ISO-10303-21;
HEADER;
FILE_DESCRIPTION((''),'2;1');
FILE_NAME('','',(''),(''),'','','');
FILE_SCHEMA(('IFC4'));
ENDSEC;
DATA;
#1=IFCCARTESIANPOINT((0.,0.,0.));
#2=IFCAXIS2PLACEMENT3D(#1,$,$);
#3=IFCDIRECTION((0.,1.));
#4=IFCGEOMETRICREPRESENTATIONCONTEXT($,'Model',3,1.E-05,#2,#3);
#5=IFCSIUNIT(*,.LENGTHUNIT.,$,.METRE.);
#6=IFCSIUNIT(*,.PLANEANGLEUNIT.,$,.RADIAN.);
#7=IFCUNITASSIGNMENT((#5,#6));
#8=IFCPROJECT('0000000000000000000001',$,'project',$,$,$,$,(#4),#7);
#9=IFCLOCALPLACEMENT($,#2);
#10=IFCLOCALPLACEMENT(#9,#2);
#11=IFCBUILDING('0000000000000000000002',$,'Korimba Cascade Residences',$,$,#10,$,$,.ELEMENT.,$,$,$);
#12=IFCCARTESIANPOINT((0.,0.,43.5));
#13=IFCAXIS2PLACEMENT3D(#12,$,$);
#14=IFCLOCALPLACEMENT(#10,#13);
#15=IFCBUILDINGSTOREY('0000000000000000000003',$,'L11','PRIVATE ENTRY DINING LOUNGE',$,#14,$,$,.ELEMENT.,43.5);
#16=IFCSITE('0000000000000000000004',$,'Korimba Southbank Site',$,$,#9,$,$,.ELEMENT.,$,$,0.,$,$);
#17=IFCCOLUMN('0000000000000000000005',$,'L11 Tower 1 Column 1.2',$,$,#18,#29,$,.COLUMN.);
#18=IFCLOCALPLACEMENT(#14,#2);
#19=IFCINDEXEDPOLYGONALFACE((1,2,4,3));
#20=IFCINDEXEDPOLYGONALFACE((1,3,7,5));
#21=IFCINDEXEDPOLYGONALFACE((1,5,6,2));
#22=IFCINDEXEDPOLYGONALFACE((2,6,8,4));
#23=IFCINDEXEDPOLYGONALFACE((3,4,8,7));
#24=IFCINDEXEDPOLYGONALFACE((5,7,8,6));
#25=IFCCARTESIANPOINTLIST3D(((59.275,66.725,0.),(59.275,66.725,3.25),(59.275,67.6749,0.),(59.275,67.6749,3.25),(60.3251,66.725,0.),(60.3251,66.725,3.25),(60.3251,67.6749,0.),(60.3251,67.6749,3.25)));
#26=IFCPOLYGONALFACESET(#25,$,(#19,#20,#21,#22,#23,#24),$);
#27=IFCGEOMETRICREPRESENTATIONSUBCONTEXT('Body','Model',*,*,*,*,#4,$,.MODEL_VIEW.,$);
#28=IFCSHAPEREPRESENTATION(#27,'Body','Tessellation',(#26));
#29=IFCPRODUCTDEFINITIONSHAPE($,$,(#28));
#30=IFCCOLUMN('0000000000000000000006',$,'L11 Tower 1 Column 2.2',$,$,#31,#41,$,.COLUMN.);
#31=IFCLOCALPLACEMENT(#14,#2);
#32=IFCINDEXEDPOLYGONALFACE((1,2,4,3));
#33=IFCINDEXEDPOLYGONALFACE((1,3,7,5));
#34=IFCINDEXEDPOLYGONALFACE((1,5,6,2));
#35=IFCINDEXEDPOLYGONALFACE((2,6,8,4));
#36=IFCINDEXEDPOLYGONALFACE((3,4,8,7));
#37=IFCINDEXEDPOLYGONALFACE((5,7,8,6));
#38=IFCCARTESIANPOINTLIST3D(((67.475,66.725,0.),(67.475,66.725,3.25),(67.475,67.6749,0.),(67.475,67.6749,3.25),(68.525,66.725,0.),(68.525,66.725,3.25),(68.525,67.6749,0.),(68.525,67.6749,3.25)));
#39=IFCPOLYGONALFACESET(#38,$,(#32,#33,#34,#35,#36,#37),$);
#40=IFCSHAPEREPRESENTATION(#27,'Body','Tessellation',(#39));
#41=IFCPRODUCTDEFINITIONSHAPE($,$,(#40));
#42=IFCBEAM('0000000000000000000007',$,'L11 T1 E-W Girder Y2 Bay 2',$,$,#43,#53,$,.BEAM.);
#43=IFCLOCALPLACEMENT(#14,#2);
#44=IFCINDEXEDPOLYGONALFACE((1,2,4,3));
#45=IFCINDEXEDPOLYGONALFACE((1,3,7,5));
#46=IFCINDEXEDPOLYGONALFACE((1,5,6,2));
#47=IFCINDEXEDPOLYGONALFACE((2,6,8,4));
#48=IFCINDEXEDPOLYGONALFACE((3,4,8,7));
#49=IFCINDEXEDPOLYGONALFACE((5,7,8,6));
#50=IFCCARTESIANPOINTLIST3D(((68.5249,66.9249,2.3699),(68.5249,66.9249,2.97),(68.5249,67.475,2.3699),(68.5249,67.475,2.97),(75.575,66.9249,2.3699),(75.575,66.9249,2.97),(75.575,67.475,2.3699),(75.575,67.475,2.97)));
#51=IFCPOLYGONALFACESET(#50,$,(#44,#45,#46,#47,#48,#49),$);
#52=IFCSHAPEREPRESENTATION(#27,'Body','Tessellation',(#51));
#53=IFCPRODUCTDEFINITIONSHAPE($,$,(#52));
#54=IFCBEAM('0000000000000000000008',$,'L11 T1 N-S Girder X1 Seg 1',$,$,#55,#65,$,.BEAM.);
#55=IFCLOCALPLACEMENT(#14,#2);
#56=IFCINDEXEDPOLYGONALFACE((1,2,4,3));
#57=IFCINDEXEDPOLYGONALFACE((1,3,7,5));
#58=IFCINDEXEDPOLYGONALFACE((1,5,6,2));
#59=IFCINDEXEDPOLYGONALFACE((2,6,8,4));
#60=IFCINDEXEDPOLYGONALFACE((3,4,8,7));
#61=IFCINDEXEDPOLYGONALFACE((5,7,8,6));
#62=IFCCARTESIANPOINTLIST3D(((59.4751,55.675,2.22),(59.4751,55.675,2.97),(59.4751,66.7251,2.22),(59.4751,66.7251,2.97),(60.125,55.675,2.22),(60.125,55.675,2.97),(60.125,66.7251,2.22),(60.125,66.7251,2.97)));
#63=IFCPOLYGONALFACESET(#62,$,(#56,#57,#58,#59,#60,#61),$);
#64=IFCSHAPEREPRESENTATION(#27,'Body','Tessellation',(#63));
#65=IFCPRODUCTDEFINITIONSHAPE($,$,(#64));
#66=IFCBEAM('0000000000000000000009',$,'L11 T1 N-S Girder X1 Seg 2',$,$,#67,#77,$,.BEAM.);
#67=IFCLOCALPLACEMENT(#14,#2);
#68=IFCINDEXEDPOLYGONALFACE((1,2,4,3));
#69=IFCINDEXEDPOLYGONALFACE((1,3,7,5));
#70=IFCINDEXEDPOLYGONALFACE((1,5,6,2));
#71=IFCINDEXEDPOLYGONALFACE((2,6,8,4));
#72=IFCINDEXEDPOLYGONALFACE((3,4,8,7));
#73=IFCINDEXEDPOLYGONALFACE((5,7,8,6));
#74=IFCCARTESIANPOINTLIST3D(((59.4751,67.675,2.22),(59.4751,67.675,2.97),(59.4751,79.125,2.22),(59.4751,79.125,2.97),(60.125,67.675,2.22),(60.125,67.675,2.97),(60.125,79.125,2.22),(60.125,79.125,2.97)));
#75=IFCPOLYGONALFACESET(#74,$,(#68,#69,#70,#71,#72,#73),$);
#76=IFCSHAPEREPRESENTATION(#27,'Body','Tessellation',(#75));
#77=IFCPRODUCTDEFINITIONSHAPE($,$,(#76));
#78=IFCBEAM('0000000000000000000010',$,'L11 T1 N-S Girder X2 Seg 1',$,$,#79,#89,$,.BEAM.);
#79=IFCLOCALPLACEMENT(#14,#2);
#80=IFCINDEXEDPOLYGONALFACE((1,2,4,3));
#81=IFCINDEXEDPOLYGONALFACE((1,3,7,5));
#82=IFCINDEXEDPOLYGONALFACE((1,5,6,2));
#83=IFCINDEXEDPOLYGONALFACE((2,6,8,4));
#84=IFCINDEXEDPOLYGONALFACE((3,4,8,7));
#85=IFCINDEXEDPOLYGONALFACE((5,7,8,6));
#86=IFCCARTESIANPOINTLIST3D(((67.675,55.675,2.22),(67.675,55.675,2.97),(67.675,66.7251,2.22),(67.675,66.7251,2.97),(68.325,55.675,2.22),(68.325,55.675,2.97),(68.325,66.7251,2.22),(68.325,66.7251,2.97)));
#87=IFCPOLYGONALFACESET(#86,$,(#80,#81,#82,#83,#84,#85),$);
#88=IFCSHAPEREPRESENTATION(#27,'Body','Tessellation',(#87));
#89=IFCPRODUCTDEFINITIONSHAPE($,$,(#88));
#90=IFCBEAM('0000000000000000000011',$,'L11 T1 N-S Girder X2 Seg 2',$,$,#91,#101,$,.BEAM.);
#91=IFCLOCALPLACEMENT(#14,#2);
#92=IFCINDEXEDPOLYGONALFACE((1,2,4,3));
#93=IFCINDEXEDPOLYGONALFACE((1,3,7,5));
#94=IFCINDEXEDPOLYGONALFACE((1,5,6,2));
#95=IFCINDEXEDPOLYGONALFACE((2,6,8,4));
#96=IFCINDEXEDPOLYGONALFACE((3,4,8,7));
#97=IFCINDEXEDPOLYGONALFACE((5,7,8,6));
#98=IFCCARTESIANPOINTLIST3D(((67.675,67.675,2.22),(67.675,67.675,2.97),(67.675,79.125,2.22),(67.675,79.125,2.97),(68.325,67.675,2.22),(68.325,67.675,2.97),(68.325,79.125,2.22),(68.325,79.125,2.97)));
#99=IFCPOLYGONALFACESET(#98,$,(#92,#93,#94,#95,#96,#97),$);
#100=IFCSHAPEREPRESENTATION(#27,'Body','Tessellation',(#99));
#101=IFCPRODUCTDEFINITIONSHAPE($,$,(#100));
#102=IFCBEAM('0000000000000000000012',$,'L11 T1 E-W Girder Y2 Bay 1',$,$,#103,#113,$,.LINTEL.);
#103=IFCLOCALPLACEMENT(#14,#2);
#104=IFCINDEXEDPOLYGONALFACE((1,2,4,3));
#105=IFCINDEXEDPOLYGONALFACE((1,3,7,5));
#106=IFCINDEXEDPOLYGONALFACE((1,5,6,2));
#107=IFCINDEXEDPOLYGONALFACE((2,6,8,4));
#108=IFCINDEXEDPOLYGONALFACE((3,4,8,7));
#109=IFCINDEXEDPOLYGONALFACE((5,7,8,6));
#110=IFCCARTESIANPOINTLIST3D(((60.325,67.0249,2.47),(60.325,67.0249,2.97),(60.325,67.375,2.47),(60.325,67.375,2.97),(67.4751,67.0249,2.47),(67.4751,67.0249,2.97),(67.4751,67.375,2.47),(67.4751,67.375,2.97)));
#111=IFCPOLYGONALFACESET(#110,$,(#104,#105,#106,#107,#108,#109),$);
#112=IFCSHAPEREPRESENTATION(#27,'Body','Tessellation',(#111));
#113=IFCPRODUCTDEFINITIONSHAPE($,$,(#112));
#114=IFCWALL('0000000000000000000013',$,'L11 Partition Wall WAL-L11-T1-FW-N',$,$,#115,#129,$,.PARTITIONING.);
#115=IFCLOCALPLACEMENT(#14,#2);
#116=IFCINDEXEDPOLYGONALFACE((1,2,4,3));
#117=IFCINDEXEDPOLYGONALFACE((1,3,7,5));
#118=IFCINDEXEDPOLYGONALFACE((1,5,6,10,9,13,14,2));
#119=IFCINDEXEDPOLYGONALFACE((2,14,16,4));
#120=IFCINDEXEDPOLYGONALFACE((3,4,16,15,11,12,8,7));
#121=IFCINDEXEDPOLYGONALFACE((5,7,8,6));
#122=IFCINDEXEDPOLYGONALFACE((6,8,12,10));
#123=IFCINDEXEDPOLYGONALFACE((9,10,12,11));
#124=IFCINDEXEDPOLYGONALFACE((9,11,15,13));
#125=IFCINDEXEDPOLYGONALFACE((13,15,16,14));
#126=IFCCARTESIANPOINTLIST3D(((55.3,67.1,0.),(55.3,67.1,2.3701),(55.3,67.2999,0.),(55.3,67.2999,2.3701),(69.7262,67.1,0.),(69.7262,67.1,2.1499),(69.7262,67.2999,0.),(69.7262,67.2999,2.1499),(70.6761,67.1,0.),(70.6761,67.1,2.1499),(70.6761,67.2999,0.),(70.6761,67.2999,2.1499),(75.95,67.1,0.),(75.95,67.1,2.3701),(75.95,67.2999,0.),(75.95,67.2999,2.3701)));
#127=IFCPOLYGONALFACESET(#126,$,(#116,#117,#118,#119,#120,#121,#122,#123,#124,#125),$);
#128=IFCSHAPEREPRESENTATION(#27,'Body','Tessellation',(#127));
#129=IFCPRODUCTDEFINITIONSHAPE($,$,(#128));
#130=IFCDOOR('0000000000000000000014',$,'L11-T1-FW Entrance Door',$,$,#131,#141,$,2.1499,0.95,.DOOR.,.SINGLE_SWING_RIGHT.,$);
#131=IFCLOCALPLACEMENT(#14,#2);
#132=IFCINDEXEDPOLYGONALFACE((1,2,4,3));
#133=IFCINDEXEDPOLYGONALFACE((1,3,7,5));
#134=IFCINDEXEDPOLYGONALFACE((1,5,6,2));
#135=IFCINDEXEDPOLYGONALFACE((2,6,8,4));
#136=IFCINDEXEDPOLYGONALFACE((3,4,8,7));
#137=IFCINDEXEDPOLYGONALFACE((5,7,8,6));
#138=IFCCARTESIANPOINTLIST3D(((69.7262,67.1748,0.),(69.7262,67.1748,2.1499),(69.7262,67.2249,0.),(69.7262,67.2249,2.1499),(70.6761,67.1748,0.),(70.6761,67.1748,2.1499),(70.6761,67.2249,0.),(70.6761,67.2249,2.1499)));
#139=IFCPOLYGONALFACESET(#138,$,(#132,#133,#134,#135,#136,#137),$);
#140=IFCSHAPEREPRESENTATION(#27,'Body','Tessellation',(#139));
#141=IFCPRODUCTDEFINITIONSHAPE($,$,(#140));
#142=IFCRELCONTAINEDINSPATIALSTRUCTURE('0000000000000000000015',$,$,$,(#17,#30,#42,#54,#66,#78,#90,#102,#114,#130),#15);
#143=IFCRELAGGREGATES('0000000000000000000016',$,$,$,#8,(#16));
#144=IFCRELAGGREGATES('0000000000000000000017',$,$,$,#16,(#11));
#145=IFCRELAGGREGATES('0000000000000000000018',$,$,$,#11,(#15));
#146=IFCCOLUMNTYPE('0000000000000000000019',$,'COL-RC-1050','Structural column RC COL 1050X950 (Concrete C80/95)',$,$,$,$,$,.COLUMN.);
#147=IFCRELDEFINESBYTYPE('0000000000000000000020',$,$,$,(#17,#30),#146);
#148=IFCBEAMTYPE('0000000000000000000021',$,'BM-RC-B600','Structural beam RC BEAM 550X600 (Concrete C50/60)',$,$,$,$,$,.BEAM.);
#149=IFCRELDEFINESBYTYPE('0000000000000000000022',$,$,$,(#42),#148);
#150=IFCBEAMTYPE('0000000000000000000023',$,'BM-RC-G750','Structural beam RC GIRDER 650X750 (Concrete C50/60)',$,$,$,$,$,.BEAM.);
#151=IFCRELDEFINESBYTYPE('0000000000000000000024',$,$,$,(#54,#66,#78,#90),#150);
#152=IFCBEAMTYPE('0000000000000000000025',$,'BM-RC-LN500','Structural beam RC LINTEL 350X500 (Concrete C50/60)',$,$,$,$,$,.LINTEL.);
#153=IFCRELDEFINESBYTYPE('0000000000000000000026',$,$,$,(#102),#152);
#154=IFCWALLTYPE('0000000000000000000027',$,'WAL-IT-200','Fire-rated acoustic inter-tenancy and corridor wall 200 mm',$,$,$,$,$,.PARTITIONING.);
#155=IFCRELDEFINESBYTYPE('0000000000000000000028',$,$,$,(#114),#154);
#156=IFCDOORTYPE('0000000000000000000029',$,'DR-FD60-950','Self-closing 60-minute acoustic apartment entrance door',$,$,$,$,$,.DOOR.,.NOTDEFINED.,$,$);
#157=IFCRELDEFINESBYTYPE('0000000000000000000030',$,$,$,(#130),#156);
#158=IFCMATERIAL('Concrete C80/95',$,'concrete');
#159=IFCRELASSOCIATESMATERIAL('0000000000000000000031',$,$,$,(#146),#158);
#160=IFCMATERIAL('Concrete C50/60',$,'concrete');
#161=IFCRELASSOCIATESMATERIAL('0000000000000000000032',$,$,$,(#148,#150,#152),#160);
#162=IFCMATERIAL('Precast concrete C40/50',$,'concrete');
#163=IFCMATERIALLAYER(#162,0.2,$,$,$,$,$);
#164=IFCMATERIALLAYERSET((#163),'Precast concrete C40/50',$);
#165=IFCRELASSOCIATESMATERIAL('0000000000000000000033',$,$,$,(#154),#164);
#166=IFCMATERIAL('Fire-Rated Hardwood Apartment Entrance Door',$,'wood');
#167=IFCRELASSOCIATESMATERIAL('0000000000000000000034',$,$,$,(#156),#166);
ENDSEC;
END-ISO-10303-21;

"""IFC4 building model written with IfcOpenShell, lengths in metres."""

from ifc_helpers import new_model, si_unit, direction, frame, frame_2d, origin, origin_2d, place, context, subcontext, project, spatial, rectangle, extrude, material, layer, layer_set, material_profile, profile_set, type_object, element, fill, save


model = new_model("IFC4")

# Units and contexts
model_context = context("Model", 3, precision=1e-05, world=origin(), true_north=direction((0.0, 1.0)))
body_context = subcontext(model_context, "Body", "Model", "MODEL_VIEW")
ifc_project = project(units=[si_unit("LENGTHUNIT", "METRE"), si_unit("PLANEANGLEUNIT", "RADIAN")], contexts=[model_context])

# Site, building, storey
site_placement = place(None, origin())
site = spatial("IfcSite", under=ifc_project, at=site_placement, Name="Korimba Southbank Site", CompositionType="ELEMENT", RefElevation=0.0)
building_placement = place(site_placement, origin())
building = spatial("IfcBuilding", under=site, at=building_placement, Name="Korimba Cascade Residences", CompositionType="ELEMENT")
storey_placement = place(building_placement, frame((0.0, 0.0, 43.5)))
storey = spatial("IfcBuildingStorey", under=building, at=storey_placement, Name="L11", Description="PRIVATE ENTRY DINING LOUNGE", CompositionType="ELEMENT", Elevation=43.5)

# Columns
ifc_material_1 = material(Name="Concrete C80/95", Category="concrete")
ifc_material_profile_1 = material_profile(ifc_material_1, rectangle(XDim=1.05, YDim=0.95, at=origin_2d()), Name="Concrete C80/95")
ifc_profile_set_1 = profile_set([ifc_material_profile_1], Name="Concrete C80/95")
column_type = type_object("IfcColumnType", Name="COL-RC-1050", Description="Structural column RC COL 1050X950 (Concrete C80/95)", PredefinedType="COLUMN", material=ifc_profile_set_1)
for number, where, z_axis, x_axis, name in (
    (1, (59.8, 67.2, 0.0), (0.0, 0.0, 1.0), (1.0, 0.0, 0.0), "L11 Tower 1 Column 1.2"),
    (2, (68.0, 67.2, 0.0), (0.0, 0.0, 1.0), (1.0, 0.0, 0.0), "L11 Tower 1 Column 2.2"),
):
    element("IfcColumn", number, at=place(storey_placement, frame(where, z_axis=z_axis, x_axis=x_axis)), inside=storey, type_object=column_type, Name=name, PredefinedType="COLUMN", context=body_context, shape_type="SweptSolid", body=[
        extrude(rectangle(XDim=1.05, YDim=0.95, at=origin_2d()), origin(), (0.0, 0.0, 1.0), 3.25),
    ])

# Beams
ifc_material_2 = material(Name="Concrete C50/60", Category="concrete")
ifc_material_profile_2 = material_profile(ifc_material_2, rectangle(XDim=0.55, YDim=0.6001, at=origin_2d()), Name="Concrete C50/60")
ifc_profile_set_2 = profile_set([ifc_material_profile_2], Name="Concrete C50/60")
beam_type_1 = type_object("IfcBeamType", Name="BM-RC-B600", Description="Structural beam RC BEAM 550X600 (Concrete C50/60)", PredefinedType="BEAM", material=ifc_profile_set_2)
beam_1_placement = place(storey_placement, frame((68.5249, 67.2, 2.6699), z_axis=(1.0, 0.0, 0.0), x_axis=(0.0, 1.0, 0.0)))
element("IfcBeam", 3, at=beam_1_placement, inside=storey, type_object=beam_type_1, Name="L11 T1 E-W Girder Y2 Bay 2", PredefinedType="BEAM", context=body_context, shape_type="SweptSolid", body=[
    extrude(rectangle(XDim=0.55, YDim=0.6001, at=origin_2d()), origin(), (0.0, 0.0, 1.0), 7.05),
])
ifc_material_profile_3 = material_profile(ifc_material_2, rectangle(XDim=0.6499, YDim=0.75, at=origin_2d()), Name="Concrete C50/60")
ifc_profile_set_3 = profile_set([ifc_material_profile_3], Name="Concrete C50/60")
beam_type_2 = type_object("IfcBeamType", Name="BM-RC-G750", Description="Structural beam RC GIRDER 650X750 (Concrete C50/60)", PredefinedType="BEAM", material=ifc_profile_set_3)
beam_2_placement = place(storey_placement, frame((59.8, 55.675, 2.595), z_axis=(0.0, 1.0, 0.0), x_axis=(-1.0, 0.0, 0.0)))
element("IfcBeam", 4, at=beam_2_placement, inside=storey, type_object=beam_type_2, Name="L11 T1 N-S Girder X1 Seg 1", PredefinedType="BEAM", context=body_context, shape_type="SweptSolid", body=[
    extrude(rectangle(XDim=0.6499, YDim=0.75, at=origin_2d()), origin(), (0.0, 0.0, 1.0), 11.05),
])
beam_3_placement = place(storey_placement, frame((59.8, 67.675, 2.595), z_axis=(0.0, 1.0, 0.0), x_axis=(-1.0, 0.0, 0.0)))
element("IfcBeam", 5, at=beam_3_placement, inside=storey, type_object=beam_type_2, Name="L11 T1 N-S Girder X1 Seg 2", PredefinedType="BEAM", context=body_context, shape_type="SweptSolid", body=[
    extrude(rectangle(XDim=0.6499, YDim=0.75, at=origin_2d()), origin(), (0.0, 0.0, 1.0), 11.45),
])
beam_4_placement = place(storey_placement, frame((68.0, 55.675, 2.595), z_axis=(0.0, 1.0, 0.0), x_axis=(-1.0, 0.0, 0.0)))
element("IfcBeam", 6, at=beam_4_placement, inside=storey, type_object=beam_type_2, Name="L11 T1 N-S Girder X2 Seg 1", PredefinedType="BEAM", context=body_context, shape_type="SweptSolid", body=[
    extrude(rectangle(XDim=0.6499, YDim=0.75, at=origin_2d()), origin(), (0.0, 0.0, 1.0), 11.05),
])
beam_5_placement = place(storey_placement, frame((68.0, 67.675, 2.595), z_axis=(0.0, 1.0, 0.0), x_axis=(-1.0, 0.0, 0.0)))
element("IfcBeam", 7, at=beam_5_placement, inside=storey, type_object=beam_type_2, Name="L11 T1 N-S Girder X2 Seg 2", PredefinedType="BEAM", context=body_context, shape_type="SweptSolid", body=[
    extrude(rectangle(XDim=0.6499, YDim=0.75, at=origin_2d()), origin(), (0.0, 0.0, 1.0), 11.45),
])
ifc_material_profile_4 = material_profile(ifc_material_2, rectangle(XDim=0.3501, YDim=0.5, at=origin_2d()), Name="Concrete C50/60")
ifc_profile_set_4 = profile_set([ifc_material_profile_4], Name="Concrete C50/60")
beam_type_3 = type_object("IfcBeamType", Name="BM-RC-LN500", Description="Structural beam RC LINTEL 350X500 (Concrete C50/60)", PredefinedType="LINTEL", material=ifc_profile_set_4)
beam_6_placement = place(storey_placement, frame((60.325, 67.2, 2.72), z_axis=(1.0, 0.0, 0.0), x_axis=(0.0, 1.0, 0.0)))
element("IfcBeam", 8, at=beam_6_placement, inside=storey, type_object=beam_type_3, Name="L11 T1 E-W Girder Y2 Bay 1", PredefinedType="LINTEL", context=body_context, shape_type="SweptSolid", body=[
    extrude(rectangle(XDim=0.3501, YDim=0.5, at=origin_2d()), origin(), (0.0, 0.0, 1.0), 7.1501),
])

# Wall, opening, door
ifc_material_3 = material(Name="Precast concrete C40/50", Category="concrete")
ifc_layer_1 = layer(ifc_material_3, 0.2)
ifc_layer_set_1 = layer_set([ifc_layer_1], Name="Precast concrete C40/50")
wall_type_1 = type_object("IfcWallType", Name="WAL-IT-200", Description="Fire-rated acoustic inter-tenancy and corridor wall 200 mm", PredefinedType="PARTITIONING", material=ifc_layer_set_1)
wall_1_placement = place(storey_placement, frame((55.3, 67.2, 0.0), z_axis=(0.0, 0.0, 1.0), x_axis=(1.0, 0.0, 0.0)))
wall_1 = element("IfcWall", 9, at=wall_1_placement, inside=storey, type_object=wall_type_1, Name="L11 Partition Wall WAL-L11-T1-FW-N", PredefinedType="PARTITIONING", context=body_context, shape_type="SweptSolid", body=[
    extrude(rectangle(XDim=20.6499, YDim=0.2, at=frame_2d((10.325, 0.0))), origin(), (0.0, 0.0, 1.0), 2.3701),
])
opening_1_placement = place(wall_1_placement, frame((14.426, 0.0, 0.0)))
opening_1 = element("IfcOpeningElement", 10, at=opening_1_placement, cuts=wall_1, PredefinedType="OPENING", context=body_context, shape_type="SweptSolid", body=[
    extrude(rectangle(XDim=0.95, YDim=2.1499, at=frame_2d((0.4751, 1.075))), frame((0.0, 0.1099, 0.0), z_axis=(0.0, -1.0, 0.0), x_axis=(1.0, 0.0, 0.0)), (0.0, 0.0, 1.0), 0.22),
])
ifc_material_4 = material(Name="Fire-Rated Hardwood Apartment Entrance Door", Category="wood")
door_type_1 = type_object("IfcDoorType", Name="DR-FD60-950", Description="Self-closing 60-minute acoustic apartment entrance door", OperationType="NOTDEFINED", PredefinedType="DOOR", material=ifc_material_4)
door_1_placement = place(opening_1_placement, origin())
door_1 = element("IfcDoor", 11, at=door_1_placement, inside=storey, type_object=door_type_1, Name="L11-T1-FW Entrance Door", OperationType="SINGLE_SWING_RIGHT", OverallHeight=2.1499, OverallWidth=0.95, PredefinedType="DOOR", context=body_context, shape_type="SweptSolid", body=[
    extrude(rectangle(XDim=0.95, YDim=2.1499, at=frame_2d((0.4751, 1.075))), frame((0.0, 0.0249, 0.0), z_axis=(0.0, -1.0, 0.0), x_axis=(1.0, 0.0, 0.0)), (0.0, 0.0, 1.0), 0.05),
])
fill(opening_1, door_1)

save(model, "model.ifc")
